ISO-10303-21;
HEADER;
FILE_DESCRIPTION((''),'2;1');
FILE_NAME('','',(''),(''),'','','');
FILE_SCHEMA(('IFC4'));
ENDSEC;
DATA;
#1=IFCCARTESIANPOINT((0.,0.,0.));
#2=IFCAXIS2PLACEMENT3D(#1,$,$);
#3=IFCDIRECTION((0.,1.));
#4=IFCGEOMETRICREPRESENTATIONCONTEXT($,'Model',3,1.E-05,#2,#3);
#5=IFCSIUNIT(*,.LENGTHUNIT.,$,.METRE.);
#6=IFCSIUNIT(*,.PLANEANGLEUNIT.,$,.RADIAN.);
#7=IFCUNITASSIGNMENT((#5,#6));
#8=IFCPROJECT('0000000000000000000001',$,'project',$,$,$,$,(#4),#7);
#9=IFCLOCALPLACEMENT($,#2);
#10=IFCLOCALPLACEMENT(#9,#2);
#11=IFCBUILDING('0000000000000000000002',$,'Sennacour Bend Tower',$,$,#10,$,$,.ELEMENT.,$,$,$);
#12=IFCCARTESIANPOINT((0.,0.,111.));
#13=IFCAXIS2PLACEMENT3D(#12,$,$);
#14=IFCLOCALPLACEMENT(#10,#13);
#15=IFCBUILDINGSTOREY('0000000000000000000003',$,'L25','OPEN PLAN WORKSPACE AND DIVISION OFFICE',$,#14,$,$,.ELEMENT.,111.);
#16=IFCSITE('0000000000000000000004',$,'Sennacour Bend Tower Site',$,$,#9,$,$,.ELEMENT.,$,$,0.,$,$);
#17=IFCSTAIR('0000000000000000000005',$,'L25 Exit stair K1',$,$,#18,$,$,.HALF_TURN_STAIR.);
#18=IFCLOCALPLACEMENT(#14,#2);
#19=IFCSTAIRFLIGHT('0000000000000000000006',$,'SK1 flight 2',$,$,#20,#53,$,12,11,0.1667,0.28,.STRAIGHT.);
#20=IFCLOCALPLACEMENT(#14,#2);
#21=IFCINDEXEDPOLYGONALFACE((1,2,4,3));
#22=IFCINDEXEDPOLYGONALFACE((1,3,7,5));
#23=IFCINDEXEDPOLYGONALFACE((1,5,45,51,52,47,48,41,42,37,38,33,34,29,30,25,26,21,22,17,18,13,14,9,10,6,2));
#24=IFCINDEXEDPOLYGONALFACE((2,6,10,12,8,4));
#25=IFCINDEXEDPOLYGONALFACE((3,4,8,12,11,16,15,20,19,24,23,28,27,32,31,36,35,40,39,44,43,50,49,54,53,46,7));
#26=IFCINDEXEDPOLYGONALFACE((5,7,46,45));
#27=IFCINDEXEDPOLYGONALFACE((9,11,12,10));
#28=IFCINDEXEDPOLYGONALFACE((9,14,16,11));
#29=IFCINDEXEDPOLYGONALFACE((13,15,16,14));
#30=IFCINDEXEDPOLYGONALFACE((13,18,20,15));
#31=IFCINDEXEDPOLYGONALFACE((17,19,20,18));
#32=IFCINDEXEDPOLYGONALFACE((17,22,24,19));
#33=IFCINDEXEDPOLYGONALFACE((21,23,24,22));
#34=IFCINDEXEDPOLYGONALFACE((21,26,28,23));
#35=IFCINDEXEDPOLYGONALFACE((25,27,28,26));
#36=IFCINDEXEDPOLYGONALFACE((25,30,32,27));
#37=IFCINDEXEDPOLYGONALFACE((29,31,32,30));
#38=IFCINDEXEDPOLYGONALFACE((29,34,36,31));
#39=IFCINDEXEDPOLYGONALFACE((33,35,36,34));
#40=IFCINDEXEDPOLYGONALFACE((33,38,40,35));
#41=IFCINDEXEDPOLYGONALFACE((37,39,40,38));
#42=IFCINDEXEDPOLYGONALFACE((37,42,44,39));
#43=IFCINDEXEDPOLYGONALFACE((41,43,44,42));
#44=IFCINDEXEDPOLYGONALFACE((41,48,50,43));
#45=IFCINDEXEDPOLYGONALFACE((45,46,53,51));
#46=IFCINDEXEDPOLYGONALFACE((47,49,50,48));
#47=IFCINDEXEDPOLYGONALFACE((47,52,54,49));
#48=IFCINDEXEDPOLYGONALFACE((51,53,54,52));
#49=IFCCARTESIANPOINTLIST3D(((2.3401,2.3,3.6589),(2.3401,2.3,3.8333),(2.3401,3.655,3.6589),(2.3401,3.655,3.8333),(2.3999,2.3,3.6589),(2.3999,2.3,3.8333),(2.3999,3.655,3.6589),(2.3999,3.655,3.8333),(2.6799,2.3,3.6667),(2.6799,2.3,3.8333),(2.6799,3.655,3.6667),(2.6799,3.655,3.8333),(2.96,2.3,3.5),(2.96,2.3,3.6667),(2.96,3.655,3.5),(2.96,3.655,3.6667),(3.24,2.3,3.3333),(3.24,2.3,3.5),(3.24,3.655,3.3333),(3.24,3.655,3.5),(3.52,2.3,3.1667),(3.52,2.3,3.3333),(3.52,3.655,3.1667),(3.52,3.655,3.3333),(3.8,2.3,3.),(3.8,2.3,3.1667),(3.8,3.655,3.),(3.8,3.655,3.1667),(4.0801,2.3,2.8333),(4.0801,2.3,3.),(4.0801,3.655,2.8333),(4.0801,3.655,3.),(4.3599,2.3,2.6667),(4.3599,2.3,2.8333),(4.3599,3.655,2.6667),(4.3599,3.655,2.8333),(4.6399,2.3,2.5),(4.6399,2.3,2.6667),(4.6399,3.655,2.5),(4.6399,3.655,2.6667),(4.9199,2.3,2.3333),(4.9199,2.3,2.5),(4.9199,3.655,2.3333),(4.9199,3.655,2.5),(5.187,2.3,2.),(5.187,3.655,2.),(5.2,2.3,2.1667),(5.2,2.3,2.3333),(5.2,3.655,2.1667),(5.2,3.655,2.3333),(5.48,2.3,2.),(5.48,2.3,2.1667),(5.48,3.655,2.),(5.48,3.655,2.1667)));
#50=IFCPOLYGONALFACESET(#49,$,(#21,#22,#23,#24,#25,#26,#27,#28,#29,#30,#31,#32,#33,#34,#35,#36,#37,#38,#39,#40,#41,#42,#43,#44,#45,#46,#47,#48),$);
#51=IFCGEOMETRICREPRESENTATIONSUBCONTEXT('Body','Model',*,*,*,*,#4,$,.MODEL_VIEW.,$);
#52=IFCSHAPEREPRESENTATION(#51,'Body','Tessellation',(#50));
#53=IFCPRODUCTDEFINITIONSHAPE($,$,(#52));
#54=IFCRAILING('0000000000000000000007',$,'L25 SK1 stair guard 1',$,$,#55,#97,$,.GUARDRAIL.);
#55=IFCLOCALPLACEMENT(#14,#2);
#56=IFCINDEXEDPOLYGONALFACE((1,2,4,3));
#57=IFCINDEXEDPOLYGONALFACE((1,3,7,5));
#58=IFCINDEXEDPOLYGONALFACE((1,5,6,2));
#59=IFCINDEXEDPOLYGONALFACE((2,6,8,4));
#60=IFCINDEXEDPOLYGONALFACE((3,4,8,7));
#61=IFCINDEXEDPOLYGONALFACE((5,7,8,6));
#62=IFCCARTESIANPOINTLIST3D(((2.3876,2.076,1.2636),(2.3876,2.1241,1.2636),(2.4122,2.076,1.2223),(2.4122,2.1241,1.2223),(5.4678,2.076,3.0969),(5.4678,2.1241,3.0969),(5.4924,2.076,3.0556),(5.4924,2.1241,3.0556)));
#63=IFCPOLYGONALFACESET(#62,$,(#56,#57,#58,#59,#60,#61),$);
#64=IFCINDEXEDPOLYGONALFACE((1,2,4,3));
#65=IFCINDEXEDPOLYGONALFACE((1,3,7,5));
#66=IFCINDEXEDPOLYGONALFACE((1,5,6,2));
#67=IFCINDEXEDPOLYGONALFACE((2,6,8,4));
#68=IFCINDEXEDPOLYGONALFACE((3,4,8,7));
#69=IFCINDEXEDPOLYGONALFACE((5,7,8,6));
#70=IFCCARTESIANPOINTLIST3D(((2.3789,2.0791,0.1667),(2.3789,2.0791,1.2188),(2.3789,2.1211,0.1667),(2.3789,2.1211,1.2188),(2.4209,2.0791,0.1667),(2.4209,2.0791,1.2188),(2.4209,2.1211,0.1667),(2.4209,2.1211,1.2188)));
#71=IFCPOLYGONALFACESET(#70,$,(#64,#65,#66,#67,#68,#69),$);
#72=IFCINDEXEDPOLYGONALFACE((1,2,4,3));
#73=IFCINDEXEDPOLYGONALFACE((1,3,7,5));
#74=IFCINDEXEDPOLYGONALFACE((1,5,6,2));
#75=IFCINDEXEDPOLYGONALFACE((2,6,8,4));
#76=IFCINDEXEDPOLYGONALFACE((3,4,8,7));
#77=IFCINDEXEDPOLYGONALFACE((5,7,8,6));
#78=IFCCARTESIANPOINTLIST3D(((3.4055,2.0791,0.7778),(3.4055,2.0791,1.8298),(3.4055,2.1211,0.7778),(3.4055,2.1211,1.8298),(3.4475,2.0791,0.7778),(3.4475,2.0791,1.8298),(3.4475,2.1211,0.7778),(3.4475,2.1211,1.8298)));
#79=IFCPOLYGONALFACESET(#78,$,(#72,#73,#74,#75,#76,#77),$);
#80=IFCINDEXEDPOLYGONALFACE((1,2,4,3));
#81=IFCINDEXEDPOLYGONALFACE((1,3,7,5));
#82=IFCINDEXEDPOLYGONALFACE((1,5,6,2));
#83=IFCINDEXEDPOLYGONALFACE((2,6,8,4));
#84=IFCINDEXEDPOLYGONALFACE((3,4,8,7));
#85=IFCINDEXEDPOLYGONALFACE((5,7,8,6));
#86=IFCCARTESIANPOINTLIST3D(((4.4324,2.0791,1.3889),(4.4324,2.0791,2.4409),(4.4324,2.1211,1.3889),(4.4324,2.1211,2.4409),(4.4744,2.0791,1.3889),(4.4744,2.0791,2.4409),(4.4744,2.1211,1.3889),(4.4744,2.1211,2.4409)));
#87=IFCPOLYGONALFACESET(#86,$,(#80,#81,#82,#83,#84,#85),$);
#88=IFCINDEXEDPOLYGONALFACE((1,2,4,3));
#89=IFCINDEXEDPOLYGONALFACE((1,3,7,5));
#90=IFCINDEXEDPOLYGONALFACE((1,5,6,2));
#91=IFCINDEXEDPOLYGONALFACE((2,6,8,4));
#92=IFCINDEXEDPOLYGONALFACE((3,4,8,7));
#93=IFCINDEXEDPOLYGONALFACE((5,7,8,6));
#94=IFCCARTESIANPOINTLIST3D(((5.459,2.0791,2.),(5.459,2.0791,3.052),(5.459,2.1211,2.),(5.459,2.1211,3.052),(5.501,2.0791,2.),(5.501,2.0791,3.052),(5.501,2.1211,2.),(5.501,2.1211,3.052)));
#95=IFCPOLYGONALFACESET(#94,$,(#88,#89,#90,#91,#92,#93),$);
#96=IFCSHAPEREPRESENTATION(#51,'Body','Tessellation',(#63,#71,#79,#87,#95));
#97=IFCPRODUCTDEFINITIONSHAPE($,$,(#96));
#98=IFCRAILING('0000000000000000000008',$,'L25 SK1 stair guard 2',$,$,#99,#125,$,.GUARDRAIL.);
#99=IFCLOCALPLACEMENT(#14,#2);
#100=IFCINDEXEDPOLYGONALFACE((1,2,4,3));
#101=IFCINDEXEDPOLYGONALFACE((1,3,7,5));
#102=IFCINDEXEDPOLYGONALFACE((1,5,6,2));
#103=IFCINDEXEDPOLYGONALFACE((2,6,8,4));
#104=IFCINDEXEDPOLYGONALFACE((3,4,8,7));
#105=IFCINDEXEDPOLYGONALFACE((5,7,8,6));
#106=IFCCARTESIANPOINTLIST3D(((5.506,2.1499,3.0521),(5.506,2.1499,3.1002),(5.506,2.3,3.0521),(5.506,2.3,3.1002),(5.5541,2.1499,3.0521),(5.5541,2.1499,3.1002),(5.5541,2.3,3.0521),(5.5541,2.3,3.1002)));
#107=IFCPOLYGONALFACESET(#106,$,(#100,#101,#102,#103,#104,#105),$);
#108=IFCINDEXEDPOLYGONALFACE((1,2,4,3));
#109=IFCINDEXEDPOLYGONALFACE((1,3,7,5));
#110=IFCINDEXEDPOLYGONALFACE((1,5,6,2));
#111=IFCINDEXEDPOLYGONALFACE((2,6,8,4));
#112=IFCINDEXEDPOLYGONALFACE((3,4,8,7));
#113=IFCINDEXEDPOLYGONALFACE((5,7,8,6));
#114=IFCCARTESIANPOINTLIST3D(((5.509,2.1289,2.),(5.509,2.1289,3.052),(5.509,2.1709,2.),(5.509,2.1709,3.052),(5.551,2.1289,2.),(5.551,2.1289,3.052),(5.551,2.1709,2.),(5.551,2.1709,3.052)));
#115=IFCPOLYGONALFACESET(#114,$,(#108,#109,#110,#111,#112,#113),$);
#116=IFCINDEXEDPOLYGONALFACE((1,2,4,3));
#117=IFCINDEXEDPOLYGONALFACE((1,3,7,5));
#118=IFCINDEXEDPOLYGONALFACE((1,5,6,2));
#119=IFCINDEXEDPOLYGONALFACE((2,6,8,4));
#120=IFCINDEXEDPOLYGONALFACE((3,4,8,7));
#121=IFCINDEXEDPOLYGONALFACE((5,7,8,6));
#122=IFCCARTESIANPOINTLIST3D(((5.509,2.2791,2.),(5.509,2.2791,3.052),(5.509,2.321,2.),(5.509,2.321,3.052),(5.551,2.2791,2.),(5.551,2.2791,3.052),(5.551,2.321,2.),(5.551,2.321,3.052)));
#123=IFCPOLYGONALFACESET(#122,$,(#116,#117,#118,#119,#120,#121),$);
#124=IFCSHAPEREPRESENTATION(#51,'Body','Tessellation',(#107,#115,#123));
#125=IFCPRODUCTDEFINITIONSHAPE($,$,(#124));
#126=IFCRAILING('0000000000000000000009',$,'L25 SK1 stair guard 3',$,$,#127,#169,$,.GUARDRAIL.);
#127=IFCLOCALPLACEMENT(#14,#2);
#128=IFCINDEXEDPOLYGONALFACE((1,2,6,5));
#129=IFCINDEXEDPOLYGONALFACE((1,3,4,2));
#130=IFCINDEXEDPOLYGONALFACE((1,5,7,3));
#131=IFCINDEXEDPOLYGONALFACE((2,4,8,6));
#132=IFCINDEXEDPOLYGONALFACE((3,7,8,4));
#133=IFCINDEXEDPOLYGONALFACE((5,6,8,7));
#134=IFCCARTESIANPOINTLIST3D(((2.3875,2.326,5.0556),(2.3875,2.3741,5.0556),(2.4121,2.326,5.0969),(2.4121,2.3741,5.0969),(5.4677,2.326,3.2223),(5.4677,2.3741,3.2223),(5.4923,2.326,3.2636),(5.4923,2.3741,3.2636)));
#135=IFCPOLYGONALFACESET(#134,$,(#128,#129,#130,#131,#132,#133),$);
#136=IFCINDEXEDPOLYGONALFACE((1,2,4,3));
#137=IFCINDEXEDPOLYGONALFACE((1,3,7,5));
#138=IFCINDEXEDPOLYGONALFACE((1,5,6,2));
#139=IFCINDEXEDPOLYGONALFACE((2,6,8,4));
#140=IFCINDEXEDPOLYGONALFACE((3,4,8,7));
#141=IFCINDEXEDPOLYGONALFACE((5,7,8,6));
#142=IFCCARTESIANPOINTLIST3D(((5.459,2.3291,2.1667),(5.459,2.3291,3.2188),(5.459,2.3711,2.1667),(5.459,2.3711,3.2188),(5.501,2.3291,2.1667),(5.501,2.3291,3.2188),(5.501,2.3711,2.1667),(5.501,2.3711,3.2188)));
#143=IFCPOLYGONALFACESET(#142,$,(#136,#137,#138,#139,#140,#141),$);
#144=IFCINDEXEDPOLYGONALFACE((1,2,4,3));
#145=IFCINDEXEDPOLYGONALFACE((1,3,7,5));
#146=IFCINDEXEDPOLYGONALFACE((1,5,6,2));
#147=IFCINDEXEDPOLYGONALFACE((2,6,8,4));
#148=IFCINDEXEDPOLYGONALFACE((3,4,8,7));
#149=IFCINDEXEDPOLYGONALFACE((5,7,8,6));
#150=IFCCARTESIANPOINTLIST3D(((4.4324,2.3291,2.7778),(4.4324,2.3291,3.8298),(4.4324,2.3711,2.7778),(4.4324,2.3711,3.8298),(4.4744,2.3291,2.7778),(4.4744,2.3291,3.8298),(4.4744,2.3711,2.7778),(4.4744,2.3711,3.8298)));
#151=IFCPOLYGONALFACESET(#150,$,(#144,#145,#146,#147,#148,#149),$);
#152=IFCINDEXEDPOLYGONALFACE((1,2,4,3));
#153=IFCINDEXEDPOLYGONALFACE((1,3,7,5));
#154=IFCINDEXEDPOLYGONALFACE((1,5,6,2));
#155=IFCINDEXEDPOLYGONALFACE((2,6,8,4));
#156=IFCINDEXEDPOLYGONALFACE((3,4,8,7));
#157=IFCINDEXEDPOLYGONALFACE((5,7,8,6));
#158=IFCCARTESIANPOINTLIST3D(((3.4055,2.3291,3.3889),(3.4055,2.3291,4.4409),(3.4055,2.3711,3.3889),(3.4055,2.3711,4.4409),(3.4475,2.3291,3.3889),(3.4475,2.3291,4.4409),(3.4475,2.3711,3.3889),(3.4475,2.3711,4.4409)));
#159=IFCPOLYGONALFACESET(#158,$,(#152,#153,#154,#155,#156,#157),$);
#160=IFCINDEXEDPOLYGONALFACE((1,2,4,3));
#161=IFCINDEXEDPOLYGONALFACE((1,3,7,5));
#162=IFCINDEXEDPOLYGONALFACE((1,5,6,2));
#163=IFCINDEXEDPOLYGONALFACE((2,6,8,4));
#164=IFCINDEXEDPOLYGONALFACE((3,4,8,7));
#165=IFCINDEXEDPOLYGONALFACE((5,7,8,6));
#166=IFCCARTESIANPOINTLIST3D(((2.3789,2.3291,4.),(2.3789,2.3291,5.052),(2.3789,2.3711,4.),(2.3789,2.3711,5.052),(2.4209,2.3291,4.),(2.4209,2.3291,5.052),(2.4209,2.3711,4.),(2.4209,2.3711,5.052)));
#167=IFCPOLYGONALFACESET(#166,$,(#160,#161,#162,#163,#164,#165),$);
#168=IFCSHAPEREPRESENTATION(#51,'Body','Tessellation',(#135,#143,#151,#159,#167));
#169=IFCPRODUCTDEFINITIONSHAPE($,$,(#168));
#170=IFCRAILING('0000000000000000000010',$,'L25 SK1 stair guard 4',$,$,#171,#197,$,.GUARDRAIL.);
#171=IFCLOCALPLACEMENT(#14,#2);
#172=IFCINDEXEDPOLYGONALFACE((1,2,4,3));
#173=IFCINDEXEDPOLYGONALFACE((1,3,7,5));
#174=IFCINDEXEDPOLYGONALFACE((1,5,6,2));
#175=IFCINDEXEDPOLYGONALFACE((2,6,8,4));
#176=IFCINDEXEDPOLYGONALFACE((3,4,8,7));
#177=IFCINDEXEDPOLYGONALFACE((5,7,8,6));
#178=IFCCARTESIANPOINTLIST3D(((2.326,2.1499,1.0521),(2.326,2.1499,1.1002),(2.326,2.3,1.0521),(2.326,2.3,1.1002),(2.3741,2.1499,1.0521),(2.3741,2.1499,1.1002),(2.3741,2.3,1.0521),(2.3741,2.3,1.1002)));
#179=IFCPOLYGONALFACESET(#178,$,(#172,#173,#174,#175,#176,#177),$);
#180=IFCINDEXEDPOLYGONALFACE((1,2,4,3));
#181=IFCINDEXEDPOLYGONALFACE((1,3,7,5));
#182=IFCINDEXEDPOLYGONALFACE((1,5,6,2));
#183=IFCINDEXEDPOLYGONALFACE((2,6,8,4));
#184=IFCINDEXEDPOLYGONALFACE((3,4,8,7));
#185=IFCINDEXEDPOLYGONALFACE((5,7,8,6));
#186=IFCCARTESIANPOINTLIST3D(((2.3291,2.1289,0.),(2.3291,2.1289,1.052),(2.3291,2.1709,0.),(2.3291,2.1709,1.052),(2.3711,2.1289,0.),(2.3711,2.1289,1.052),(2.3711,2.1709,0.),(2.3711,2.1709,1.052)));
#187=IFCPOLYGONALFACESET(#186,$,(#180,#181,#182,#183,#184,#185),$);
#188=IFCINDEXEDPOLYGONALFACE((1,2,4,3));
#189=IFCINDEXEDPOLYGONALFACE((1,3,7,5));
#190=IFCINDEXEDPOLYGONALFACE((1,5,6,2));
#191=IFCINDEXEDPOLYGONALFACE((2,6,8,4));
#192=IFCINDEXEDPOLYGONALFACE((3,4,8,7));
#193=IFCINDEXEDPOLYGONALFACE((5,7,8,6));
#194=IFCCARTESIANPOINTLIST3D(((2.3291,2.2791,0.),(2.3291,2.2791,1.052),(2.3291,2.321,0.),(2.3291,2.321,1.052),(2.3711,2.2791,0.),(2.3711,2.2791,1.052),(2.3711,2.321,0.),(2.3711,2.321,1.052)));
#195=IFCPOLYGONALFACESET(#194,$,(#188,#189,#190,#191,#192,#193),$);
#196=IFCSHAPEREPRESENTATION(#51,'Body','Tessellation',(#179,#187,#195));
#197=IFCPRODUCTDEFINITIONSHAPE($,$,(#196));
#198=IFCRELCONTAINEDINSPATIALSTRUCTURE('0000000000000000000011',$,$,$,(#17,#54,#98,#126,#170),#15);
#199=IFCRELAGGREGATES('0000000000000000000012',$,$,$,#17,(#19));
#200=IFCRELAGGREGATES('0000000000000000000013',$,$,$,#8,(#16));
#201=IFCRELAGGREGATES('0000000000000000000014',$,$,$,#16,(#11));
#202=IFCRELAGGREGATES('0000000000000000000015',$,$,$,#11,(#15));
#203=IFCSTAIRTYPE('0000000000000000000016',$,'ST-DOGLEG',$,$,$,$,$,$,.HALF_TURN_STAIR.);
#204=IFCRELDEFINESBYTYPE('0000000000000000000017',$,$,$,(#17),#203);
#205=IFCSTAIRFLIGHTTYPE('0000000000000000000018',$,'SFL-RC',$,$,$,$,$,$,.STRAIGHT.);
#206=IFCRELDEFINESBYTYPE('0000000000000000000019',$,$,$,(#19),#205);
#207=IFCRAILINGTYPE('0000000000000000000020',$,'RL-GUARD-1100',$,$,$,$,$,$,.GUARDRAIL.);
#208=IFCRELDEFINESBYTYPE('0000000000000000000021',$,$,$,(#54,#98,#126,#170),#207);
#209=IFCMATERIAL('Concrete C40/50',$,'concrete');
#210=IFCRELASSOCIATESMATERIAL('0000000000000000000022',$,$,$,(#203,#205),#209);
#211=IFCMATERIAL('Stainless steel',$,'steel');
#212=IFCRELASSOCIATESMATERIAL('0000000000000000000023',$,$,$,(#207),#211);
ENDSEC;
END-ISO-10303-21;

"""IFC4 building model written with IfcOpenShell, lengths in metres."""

from ifc_helpers import new_model, si_unit, direction, frame, origin, origin_2d, place, context, subcontext, project, spatial, polyline, rectangle, outline, extrude, material, type_object, element, aggregate, save


model = new_model("IFC4")

# Units and contexts
model_context = context("Model", 3, precision=1e-05, world=origin(), true_north=direction((0.0, 1.0)))
body_context = subcontext(model_context, "Body", "Model", "MODEL_VIEW")
ifc_project = project(units=[si_unit("LENGTHUNIT", "METRE"), si_unit("PLANEANGLEUNIT", "RADIAN")], contexts=[model_context])

# Site, building, storey
site_placement = place(None, origin())
site = spatial("IfcSite", under=ifc_project, at=site_placement, Name="Sennacour Bend Tower Site", CompositionType="ELEMENT", RefElevation=0.0)
building_placement = place(site_placement, origin())
building = spatial("IfcBuilding", under=site, at=building_placement, Name="Sennacour Bend Tower", CompositionType="ELEMENT")
storey_placement = place(building_placement, frame((0.0, 0.0, 111.0)))
storey = spatial("IfcBuildingStorey", under=building, at=storey_placement, Name="L25", Description="OPEN PLAN WORKSPACE AND DIVISION OFFICE", CompositionType="ELEMENT", Elevation=111.0)

# Stair, stair flight
ifc_material_1 = material(Name="Concrete C40/50", Category="concrete")
stair_type = type_object("IfcStairType", Name="ST-DOGLEG", PredefinedType="HALF_TURN_STAIR", material=ifc_material_1)
stair_placement = place(storey_placement, origin())
stair = element("IfcStair", 1, at=stair_placement, inside=storey, type_object=stair_type, Name="L25 Exit stair K1", PredefinedType="HALF_TURN_STAIR")
stair_flight_type = type_object("IfcStairFlightType", Name="SFL-RC", PredefinedType="STRAIGHT", material=ifc_material_1)
stair_flight_1_placement = place(storey_placement, frame((5.48, 2.9775, 2.0), z_axis=(0.0, 0.0, 1.0), x_axis=(-1.0, 0.0, 0.0)))
stair_flight_1 = element("IfcStairFlight", 2, at=stair_flight_1_placement, type_object=stair_flight_type, Name="SK1 flight 2", NumberOfRisers=12, NumberOfTreads=11, PredefinedType="STRAIGHT", RiserHeight=0.1667, TreadLength=0.28, context=body_context, shape_type="SweptSolid", body=[
    extrude(outline(polyline([(0.0, 0.0), (0.0, 0.1667), (0.28, 0.1667), (0.28, 0.3333), (0.5601, 0.3333), (0.5601, 0.5), (0.8401, 0.5), (0.8401, 0.6667), (1.1201, 0.6667), (1.1201, 0.8333), (1.3999, 0.8333), (1.3999, 1.0), (1.6799, 1.0), (1.6799, 1.1667), (1.96, 1.1667), (1.96, 1.3333), (2.24, 1.3333), (2.24, 1.5), (2.52, 1.5), (2.52, 1.6667), (2.8, 1.6667), (2.8, 1.8333), (3.0801, 1.8333), (3.1399, 1.8333), (3.1399, 1.6589), (3.0801, 1.6589), (0.293, 0.0), (0.0, 0.0)])), frame((0.0, 0.6775, 0.0), z_axis=(0.0, -1.0, 0.0), x_axis=(1.0, 0.0, 0.0)), (0.0, 0.0, 1.0), 1.355),
])
aggregate(stair, [stair_flight_1])

# Railings
ifc_material_2 = material(Name="Stainless steel", Category="steel")
railing_type_1 = type_object("IfcRailingType", Name="RL-GUARD-1100", PredefinedType="GUARDRAIL", material=ifc_material_2)
railing_1_placement = place(storey_placement, frame((2.3999, 2.1001, 0.1667)))
element("IfcRailing", 3, at=railing_1_placement, inside=storey, type_object=railing_type_1, Name="L25 SK1 stair guard 1", PredefinedType="GUARDRAIL", context=body_context, shape_type="SweptSolid", body=[
    extrude(rectangle(XDim=0.0481, YDim=0.0481, at=origin_2d()), frame((0.0, 0.0, 1.0762), z_axis=(0.859309, 0.0, 0.511458), x_axis=(0.0, 1.0, 0.0)), (0.0, 0.0, 1.0), 3.5845),
    extrude(rectangle(XDim=0.042, YDim=0.042, at=origin_2d()), origin(), (0.0, 0.0, 1.0), 1.052),
    extrude(rectangle(XDim=0.042, YDim=0.042, at=origin_2d()), frame((1.0266, 0.0, 0.6111)), (0.0, 0.0, 1.0), 1.052),
    extrude(rectangle(XDim=0.042, YDim=0.042, at=origin_2d()), frame((2.0535, 0.0, 1.2222)), (0.0, 0.0, 1.0), 1.052),
    extrude(rectangle(XDim=0.042, YDim=0.042, at=origin_2d()), frame((3.0801, 0.0, 1.8333)), (0.0, 0.0, 1.0), 1.052),
])
railing_2_placement = place(storey_placement, frame((5.53, 2.1499, 2.0)))
element("IfcRailing", 4, at=railing_2_placement, inside=storey, type_object=railing_type_1, Name="L25 SK1 stair guard 2", PredefinedType="GUARDRAIL", context=body_context, shape_type="SweptSolid", body=[
    extrude(rectangle(XDim=0.0481, YDim=0.0481, at=origin_2d()), frame((0.0, 0.0, 1.0762), z_axis=(0.0, 1.0, 0.0), x_axis=(-1.0, 0.0, 0.0)), (0.0, 0.0, 1.0), 0.1501),
    extrude(rectangle(XDim=0.042, YDim=0.042, at=origin_2d()), origin(), (0.0, 0.0, 1.0), 1.052),
    extrude(rectangle(XDim=0.042, YDim=0.042, at=origin_2d()), frame((0.0, 0.1501, 0.0)), (0.0, 0.0, 1.0), 1.052),
])
railing_3_placement = place(storey_placement, frame((5.48, 2.3501, 2.1667)))
element("IfcRailing", 5, at=railing_3_placement, inside=storey, type_object=railing_type_1, Name="L25 SK1 stair guard 3", PredefinedType="GUARDRAIL", context=body_context, shape_type="SweptSolid", body=[
    extrude(rectangle(XDim=0.0481, YDim=0.0481, at=origin_2d()), frame((0.0, 0.0, 1.0762), z_axis=(-0.859309, 0.0, 0.511458), x_axis=(0.0, -1.0, 0.0)), (0.0, 0.0, 1.0), 3.5845),
    extrude(rectangle(XDim=0.042, YDim=0.042, at=origin_2d()), origin(), (0.0, 0.0, 1.0), 1.052),
    extrude(rectangle(XDim=0.042, YDim=0.042, at=origin_2d()), frame((-1.0266, 0.0, 0.6111)), (0.0, 0.0, 1.0), 1.052),
    extrude(rectangle(XDim=0.042, YDim=0.042, at=origin_2d()), frame((-2.0535, 0.0, 1.2222)), (0.0, 0.0, 1.0), 1.052),
    extrude(rectangle(XDim=0.042, YDim=0.042, at=origin_2d()), frame((-3.0801, 0.0, 1.8333)), (0.0, 0.0, 1.0), 1.052),
])
railing_4_placement = place(storey_placement, frame((2.3501, 2.1499, 0.0)))
element("IfcRailing", 6, at=railing_4_placement, inside=storey, type_object=railing_type_1, Name="L25 SK1 stair guard 4", PredefinedType="GUARDRAIL", context=body_context, shape_type="SweptSolid", body=[
    extrude(rectangle(XDim=0.0481, YDim=0.0481, at=origin_2d()), frame((0.0, 0.0, 1.0762), z_axis=(0.0, 1.0, 0.0), x_axis=(-1.0, 0.0, 0.0)), (0.0, 0.0, 1.0), 0.1501),
    extrude(rectangle(XDim=0.042, YDim=0.042, at=origin_2d()), origin(), (0.0, 0.0, 1.0), 1.052),
    extrude(rectangle(XDim=0.042, YDim=0.042, at=origin_2d()), frame((0.0, 0.1501, 0.0)), (0.0, 0.0, 1.0), 1.052),
])

save(model, "model.ifc")
